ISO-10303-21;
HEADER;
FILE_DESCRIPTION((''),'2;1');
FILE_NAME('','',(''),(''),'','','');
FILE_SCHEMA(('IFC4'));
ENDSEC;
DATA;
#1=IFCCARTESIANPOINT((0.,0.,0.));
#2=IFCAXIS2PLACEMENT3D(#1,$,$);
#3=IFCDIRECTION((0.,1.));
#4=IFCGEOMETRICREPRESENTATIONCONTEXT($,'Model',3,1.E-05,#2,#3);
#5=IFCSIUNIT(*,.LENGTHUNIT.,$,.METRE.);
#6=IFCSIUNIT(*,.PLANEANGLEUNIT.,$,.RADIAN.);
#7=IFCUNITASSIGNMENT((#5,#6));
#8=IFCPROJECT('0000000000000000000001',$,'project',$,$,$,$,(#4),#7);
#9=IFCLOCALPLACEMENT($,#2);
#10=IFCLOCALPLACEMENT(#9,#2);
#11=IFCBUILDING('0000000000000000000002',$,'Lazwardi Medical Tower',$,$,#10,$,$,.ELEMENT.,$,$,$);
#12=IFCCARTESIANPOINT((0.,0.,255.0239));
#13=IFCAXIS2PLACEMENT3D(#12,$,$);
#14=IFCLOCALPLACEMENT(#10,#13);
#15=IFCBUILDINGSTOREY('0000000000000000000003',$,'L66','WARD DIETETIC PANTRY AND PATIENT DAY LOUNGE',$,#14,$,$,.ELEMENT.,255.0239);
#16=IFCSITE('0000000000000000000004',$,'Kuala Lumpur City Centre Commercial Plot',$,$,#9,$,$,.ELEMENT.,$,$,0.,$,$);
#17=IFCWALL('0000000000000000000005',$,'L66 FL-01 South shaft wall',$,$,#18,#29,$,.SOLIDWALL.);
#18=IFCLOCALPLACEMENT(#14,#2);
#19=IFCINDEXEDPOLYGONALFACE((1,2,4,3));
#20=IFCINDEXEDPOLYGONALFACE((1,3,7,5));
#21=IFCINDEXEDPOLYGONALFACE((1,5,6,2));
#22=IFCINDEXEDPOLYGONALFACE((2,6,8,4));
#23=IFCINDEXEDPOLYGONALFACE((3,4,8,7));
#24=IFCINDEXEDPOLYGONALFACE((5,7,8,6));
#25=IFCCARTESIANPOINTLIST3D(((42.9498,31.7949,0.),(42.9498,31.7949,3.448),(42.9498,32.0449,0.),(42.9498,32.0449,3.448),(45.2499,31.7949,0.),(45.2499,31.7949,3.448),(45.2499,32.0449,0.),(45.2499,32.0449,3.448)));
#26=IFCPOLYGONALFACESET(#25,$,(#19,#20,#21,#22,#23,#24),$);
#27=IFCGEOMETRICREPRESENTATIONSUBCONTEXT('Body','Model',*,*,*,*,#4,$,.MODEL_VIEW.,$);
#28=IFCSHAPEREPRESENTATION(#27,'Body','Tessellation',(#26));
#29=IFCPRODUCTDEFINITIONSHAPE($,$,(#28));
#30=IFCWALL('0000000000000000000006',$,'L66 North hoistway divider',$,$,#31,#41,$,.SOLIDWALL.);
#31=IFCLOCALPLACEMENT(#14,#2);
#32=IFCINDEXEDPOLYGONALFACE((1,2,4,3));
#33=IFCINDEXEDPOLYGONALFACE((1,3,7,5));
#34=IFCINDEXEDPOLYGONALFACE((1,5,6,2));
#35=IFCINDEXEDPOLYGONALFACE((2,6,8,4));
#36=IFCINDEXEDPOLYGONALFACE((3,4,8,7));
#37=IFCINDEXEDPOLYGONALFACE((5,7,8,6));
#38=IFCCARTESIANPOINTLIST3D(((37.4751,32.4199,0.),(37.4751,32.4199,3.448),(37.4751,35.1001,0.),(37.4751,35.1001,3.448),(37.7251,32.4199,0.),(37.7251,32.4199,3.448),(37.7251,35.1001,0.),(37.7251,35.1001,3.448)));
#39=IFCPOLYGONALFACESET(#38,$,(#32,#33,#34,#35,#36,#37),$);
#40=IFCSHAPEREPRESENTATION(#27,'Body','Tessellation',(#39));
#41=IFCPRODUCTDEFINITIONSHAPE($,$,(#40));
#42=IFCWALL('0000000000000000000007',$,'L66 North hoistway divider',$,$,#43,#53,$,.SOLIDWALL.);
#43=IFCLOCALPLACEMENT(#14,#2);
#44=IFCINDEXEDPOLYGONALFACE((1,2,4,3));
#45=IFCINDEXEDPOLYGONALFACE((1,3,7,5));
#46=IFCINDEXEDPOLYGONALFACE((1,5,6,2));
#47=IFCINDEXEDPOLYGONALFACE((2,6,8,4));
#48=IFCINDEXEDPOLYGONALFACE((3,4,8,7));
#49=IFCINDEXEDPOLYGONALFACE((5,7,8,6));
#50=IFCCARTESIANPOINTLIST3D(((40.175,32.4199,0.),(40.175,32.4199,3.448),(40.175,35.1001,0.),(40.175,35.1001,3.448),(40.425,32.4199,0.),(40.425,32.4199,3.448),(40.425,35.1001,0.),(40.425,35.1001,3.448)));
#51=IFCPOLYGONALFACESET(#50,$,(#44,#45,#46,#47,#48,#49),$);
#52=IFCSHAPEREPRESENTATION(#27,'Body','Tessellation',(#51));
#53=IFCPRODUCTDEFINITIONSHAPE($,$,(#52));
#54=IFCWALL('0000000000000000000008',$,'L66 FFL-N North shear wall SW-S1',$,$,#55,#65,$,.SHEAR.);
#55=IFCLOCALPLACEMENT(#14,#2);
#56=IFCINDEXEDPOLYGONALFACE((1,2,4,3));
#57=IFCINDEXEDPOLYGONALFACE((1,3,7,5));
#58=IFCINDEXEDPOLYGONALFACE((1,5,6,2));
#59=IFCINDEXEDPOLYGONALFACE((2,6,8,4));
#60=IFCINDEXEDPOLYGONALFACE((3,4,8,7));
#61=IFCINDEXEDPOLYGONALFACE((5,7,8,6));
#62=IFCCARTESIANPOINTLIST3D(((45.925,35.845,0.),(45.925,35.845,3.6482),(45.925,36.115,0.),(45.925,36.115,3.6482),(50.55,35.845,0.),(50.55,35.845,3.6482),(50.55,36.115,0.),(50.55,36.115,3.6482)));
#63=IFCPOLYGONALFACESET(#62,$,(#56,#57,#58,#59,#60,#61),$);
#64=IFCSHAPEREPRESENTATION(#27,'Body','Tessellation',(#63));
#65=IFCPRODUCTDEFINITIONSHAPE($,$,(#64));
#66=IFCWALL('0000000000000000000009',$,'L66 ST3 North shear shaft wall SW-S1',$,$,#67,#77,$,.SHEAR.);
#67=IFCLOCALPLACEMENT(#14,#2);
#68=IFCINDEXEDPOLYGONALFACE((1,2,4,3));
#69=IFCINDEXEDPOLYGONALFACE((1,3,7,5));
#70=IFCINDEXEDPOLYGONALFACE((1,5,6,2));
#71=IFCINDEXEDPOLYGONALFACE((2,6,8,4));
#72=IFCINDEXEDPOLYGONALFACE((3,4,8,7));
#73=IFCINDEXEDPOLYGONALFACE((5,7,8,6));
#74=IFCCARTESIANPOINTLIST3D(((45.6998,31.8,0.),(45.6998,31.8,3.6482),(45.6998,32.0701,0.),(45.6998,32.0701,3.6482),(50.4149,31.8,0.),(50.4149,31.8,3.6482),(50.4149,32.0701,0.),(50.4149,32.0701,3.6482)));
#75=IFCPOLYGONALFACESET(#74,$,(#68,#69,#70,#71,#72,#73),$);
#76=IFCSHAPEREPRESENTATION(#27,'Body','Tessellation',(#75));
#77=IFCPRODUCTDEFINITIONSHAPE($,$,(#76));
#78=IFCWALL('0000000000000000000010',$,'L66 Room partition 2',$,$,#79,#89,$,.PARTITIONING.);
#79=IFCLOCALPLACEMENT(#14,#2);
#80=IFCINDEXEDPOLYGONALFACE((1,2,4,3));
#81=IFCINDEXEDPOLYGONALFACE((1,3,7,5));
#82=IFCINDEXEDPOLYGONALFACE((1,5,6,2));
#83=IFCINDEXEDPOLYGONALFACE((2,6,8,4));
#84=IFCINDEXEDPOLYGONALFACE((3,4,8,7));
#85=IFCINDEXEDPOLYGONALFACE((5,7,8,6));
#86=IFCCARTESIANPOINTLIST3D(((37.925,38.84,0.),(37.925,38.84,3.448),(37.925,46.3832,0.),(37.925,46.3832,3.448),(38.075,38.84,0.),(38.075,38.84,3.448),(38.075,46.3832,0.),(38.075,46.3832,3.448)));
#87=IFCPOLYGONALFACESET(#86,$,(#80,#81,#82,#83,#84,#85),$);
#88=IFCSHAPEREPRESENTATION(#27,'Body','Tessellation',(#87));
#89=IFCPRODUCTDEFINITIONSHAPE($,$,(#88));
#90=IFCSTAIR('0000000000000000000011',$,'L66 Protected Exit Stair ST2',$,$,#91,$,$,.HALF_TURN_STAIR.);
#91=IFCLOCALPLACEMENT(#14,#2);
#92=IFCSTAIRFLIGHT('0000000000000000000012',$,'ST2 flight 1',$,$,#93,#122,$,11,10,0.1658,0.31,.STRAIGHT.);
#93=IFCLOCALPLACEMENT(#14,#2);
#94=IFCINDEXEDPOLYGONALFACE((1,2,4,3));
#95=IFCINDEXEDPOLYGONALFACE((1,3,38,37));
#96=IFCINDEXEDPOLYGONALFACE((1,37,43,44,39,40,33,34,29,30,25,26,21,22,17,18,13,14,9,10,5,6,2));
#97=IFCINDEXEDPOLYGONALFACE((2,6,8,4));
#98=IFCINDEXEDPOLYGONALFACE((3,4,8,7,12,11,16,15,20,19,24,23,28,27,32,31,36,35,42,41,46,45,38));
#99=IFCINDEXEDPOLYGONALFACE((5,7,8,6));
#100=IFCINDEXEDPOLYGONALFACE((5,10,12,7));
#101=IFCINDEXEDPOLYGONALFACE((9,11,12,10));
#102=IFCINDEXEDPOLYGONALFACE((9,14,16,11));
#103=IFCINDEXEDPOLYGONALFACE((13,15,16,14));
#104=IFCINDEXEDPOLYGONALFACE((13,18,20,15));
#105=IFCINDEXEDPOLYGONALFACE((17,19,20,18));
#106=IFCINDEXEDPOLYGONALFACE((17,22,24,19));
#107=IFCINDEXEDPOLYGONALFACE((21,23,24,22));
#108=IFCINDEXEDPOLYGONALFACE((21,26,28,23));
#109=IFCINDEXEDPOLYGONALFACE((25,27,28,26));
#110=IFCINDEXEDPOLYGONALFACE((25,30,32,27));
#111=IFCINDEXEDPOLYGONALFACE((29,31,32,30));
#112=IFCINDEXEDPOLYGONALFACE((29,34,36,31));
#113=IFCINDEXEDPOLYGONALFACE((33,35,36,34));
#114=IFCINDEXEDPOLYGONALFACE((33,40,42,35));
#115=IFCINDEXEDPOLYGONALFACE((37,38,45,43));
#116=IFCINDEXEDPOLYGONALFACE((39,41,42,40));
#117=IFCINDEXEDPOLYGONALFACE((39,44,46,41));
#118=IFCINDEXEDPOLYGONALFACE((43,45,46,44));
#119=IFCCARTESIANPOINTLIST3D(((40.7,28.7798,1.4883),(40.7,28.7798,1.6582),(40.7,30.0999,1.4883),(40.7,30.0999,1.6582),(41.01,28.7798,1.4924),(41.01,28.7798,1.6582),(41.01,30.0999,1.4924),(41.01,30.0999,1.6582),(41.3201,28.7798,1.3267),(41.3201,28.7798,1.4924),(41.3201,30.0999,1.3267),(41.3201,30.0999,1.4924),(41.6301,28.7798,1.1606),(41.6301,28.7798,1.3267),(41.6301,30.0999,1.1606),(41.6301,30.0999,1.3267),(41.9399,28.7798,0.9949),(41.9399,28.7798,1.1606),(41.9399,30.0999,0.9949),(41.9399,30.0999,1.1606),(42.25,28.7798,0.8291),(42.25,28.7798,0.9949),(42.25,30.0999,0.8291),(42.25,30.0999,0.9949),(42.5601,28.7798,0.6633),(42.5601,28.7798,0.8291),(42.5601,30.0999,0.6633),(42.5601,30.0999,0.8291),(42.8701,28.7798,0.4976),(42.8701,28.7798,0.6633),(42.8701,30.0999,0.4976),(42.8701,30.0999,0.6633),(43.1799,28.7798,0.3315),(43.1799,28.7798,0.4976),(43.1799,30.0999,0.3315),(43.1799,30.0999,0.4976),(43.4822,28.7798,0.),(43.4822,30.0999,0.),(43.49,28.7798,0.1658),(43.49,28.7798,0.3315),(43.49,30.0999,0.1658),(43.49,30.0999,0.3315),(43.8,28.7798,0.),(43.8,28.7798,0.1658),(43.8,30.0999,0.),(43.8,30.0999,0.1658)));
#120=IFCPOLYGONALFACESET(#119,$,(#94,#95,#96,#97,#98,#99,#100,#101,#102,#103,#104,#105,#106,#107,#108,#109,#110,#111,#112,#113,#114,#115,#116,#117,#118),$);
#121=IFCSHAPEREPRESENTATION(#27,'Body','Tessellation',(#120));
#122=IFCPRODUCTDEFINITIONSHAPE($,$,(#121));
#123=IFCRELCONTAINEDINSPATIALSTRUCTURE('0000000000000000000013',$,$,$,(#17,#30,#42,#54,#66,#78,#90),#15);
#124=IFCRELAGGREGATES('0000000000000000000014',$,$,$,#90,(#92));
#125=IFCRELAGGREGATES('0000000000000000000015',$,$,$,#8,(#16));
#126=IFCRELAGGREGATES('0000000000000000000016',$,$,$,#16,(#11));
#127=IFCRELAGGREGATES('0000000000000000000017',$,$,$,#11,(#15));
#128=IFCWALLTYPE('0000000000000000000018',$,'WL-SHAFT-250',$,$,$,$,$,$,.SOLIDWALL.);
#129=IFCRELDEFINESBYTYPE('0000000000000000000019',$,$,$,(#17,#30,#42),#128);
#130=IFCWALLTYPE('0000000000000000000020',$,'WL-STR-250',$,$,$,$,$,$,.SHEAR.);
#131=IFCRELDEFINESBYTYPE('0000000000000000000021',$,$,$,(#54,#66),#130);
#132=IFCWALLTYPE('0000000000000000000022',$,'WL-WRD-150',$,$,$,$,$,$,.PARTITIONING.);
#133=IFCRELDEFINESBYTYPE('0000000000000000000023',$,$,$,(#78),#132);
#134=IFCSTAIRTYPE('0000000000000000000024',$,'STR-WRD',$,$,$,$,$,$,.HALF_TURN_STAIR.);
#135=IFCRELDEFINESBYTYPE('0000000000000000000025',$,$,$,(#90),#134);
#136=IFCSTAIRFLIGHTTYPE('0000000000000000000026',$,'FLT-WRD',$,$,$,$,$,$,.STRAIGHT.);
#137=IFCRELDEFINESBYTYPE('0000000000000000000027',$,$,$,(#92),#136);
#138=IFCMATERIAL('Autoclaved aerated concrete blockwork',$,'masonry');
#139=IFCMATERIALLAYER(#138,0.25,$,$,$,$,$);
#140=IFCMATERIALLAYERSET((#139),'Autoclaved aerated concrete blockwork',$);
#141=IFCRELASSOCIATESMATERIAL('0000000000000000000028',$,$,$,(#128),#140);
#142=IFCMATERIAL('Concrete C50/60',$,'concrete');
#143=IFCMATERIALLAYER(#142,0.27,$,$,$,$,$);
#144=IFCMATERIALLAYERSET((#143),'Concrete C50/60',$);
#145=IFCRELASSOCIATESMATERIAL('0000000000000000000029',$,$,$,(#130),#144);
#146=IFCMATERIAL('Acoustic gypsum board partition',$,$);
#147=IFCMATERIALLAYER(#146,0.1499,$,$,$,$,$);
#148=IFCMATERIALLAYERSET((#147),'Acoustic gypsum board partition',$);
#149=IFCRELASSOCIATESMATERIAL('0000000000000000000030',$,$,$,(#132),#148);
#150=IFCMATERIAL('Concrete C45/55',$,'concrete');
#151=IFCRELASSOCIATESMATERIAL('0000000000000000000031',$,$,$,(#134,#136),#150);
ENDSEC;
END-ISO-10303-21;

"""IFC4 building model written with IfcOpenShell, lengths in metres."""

from ifc_helpers import new_model, si_unit, direction, frame, frame_2d, origin, place, context, subcontext, project, spatial, polyline, rectangle, outline, extrude, material, layer, layer_set, type_object, element, aggregate, save


model = new_model("IFC4")

# Units and contexts
model_context = context("Model", 3, precision=1e-05, world=origin(), true_north=direction((0.0, 1.0)))
body_context = subcontext(model_context, "Body", "Model", "MODEL_VIEW")
ifc_project = project(units=[si_unit("LENGTHUNIT", "METRE"), si_unit("PLANEANGLEUNIT", "RADIAN")], contexts=[model_context])

# Site, building, storey
site_placement = place(None, origin())
site = spatial("IfcSite", under=ifc_project, at=site_placement, Name="Kuala Lumpur City Centre Commercial Plot", CompositionType="ELEMENT", RefElevation=0.0)
building_placement = place(site_placement, origin())
building = spatial("IfcBuilding", under=site, at=building_placement, Name="Lazwardi Medical Tower", CompositionType="ELEMENT")
storey_placement = place(building_placement, frame((0.0, 0.0, 255.0239)))
storey = spatial("IfcBuildingStorey", under=building, at=storey_placement, Name="L66", Description="WARD DIETETIC PANTRY AND PATIENT DAY LOUNGE", CompositionType="ELEMENT", Elevation=255.0239)

# Walls
ifc_material_1 = material(Name="Autoclaved aerated concrete blockwork", Category="masonry")
ifc_layer_1 = layer(ifc_material_1, 0.25)
ifc_layer_set_1 = layer_set([ifc_layer_1], Name="Autoclaved aerated concrete blockwork")
wall_type_1 = type_object("IfcWallType", Name="WL-SHAFT-250", PredefinedType="SOLIDWALL", material=ifc_layer_set_1)
wall_1_placement = place(storey_placement, frame((42.95, 31.9199, 0.0), z_axis=(0.0, 0.0, 1.0), x_axis=(1.0, 0.0, 0.0)))
element("IfcWall", 1, at=wall_1_placement, inside=storey, type_object=wall_type_1, Name="L66 FL-01 South shaft wall", PredefinedType="SOLIDWALL", context=body_context, shape_type="SweptSolid", body=[
    extrude(rectangle(XDim=2.3, YDim=0.25, at=frame_2d((1.1499, 0.0))), origin(), (0.0, 0.0, 1.0), 3.448),
])
for number, where, z_axis, x_axis, name in (
    (2, (37.6001, 32.4199, 0.0), (0.0, 0.0, 1.0), (0.0, 1.0, 0.0), "L66 North hoistway divider"),
    (3, (40.3, 32.4199, 0.0), (0.0, 0.0, 1.0), (0.0, 1.0, 0.0), "L66 North hoistway divider"),
):
    element("IfcWall", number, at=place(storey_placement, frame(where, z_axis=z_axis, x_axis=x_axis)), inside=storey, type_object=wall_type_1, Name=name, PredefinedType="SOLIDWALL", context=body_context, shape_type="SweptSolid", body=[
        extrude(rectangle(XDim=2.6802, YDim=0.25, at=frame_2d((1.3401, 0.0))), origin(), (0.0, 0.0, 1.0), 3.448),
    ])

# Shared definitions
ifc_material_2 = material(Name="Concrete C50/60", Category="concrete")
ifc_layer_2 = layer(ifc_material_2, 0.27)
ifc_layer_set_2 = layer_set([ifc_layer_2], Name="Concrete C50/60")
wall_type_2 = type_object("IfcWallType", Name="WL-STR-250", PredefinedType="SHEAR", material=ifc_layer_set_2)

# Walls
wall_2_placement = place(storey_placement, frame((45.925, 35.98, 0.0), z_axis=(0.0, 0.0, 1.0), x_axis=(1.0, 0.0, 0.0)))
element("IfcWall", 4, at=wall_2_placement, inside=storey, type_object=wall_type_2, Name="L66 FFL-N North shear wall SW-S1", PredefinedType="SHEAR", context=body_context, shape_type="SweptSolid", body=[
    extrude(rectangle(XDim=4.625, YDim=0.27, at=frame_2d((2.3125, 0.0))), origin(), (0.0, 0.0, 1.0), 3.6482),
])
wall_3_placement = place(storey_placement, frame((45.7, 31.9351, 0.0), z_axis=(0.0, 0.0, 1.0), x_axis=(1.0, 0.0, 0.0)))
element("IfcWall", 5, at=wall_3_placement, inside=storey, type_object=wall_type_2, Name="L66 ST3 North shear shaft wall SW-S1", PredefinedType="SHEAR", context=body_context, shape_type="SweptSolid", body=[
    extrude(rectangle(XDim=4.7151, YDim=0.27, at=frame_2d((2.3574, 0.0))), origin(), (0.0, 0.0, 1.0), 3.6482),
])
ifc_material_3 = material(Name="Acoustic gypsum board partition")
ifc_layer_3 = layer(ifc_material_3, 0.1499)
ifc_layer_set_3 = layer_set([ifc_layer_3], Name="Acoustic gypsum board partition")
wall_type_3 = type_object("IfcWallType", Name="WL-WRD-150", PredefinedType="PARTITIONING", material=ifc_layer_set_3)
wall_4_placement = place(storey_placement, frame((38.0, 38.8401, 0.0), z_axis=(0.0, 0.0, 1.0), x_axis=(0.0, 1.0, 0.0)))
element("IfcWall", 6, at=wall_4_placement, inside=storey, type_object=wall_type_3, Name="L66 Room partition 2", PredefinedType="PARTITIONING", context=body_context, shape_type="SweptSolid", body=[
    extrude(rectangle(XDim=7.5432, YDim=0.1499, at=frame_2d((3.7715, 0.0))), origin(), (0.0, 0.0, 1.0), 3.448),
])

# Stair, stair flight
ifc_material_4 = material(Name="Concrete C45/55", Category="concrete")
stair_type = type_object("IfcStairType", Name="STR-WRD", PredefinedType="HALF_TURN_STAIR", material=ifc_material_4)
stair_placement = place(storey_placement, origin())
stair = element("IfcStair", 7, at=stair_placement, inside=storey, type_object=stair_type, Name="L66 Protected Exit Stair ST2", PredefinedType="HALF_TURN_STAIR")
stair_flight_type = type_object("IfcStairFlightType", Name="FLT-WRD", PredefinedType="STRAIGHT", material=ifc_material_4)
stair_flight_placement = place(storey_placement, frame((43.8, 29.4399, 0.0), z_axis=(0.0, 0.0, 1.0), x_axis=(-1.0, 0.0, 0.0)))
stair_flight = element("IfcStairFlight", 8, at=stair_flight_placement, type_object=stair_flight_type, Name="ST2 flight 1", NumberOfRisers=11, NumberOfTreads=10, PredefinedType="STRAIGHT", RiserHeight=0.1658, TreadLength=0.31, context=body_context, shape_type="SweptSolid", body=[
    extrude(outline(polyline([(0.0, 0.0), (0.0, 0.1658), (0.3101, 0.1658), (0.3101, 0.3315), (0.6201, 0.3315), (0.6201, 0.4976), (0.9299, 0.4976), (0.9299, 0.6633), (1.24, 0.6633), (1.24, 0.8291), (1.55, 0.8291), (1.55, 0.9949), (1.8601, 0.9949), (1.8601, 1.1606), (2.1699, 1.1606), (2.1699, 1.3267), (2.48, 1.3267), (2.48, 1.4924), (2.79, 1.4924), (2.79, 1.6582), (3.1001, 1.6582), (3.1001, 1.824), (3.1001, 1.4883), (0.3179, 0.0), (0.0, 0.0)])), frame((0.0, 0.6602, 0.0), z_axis=(0.0, -1.0, 0.0), x_axis=(1.0, 0.0, 0.0)), (0.0, 0.0, 1.0), 1.3201),
])
aggregate(stair, [stair_flight])

save(model, "model.ifc")
